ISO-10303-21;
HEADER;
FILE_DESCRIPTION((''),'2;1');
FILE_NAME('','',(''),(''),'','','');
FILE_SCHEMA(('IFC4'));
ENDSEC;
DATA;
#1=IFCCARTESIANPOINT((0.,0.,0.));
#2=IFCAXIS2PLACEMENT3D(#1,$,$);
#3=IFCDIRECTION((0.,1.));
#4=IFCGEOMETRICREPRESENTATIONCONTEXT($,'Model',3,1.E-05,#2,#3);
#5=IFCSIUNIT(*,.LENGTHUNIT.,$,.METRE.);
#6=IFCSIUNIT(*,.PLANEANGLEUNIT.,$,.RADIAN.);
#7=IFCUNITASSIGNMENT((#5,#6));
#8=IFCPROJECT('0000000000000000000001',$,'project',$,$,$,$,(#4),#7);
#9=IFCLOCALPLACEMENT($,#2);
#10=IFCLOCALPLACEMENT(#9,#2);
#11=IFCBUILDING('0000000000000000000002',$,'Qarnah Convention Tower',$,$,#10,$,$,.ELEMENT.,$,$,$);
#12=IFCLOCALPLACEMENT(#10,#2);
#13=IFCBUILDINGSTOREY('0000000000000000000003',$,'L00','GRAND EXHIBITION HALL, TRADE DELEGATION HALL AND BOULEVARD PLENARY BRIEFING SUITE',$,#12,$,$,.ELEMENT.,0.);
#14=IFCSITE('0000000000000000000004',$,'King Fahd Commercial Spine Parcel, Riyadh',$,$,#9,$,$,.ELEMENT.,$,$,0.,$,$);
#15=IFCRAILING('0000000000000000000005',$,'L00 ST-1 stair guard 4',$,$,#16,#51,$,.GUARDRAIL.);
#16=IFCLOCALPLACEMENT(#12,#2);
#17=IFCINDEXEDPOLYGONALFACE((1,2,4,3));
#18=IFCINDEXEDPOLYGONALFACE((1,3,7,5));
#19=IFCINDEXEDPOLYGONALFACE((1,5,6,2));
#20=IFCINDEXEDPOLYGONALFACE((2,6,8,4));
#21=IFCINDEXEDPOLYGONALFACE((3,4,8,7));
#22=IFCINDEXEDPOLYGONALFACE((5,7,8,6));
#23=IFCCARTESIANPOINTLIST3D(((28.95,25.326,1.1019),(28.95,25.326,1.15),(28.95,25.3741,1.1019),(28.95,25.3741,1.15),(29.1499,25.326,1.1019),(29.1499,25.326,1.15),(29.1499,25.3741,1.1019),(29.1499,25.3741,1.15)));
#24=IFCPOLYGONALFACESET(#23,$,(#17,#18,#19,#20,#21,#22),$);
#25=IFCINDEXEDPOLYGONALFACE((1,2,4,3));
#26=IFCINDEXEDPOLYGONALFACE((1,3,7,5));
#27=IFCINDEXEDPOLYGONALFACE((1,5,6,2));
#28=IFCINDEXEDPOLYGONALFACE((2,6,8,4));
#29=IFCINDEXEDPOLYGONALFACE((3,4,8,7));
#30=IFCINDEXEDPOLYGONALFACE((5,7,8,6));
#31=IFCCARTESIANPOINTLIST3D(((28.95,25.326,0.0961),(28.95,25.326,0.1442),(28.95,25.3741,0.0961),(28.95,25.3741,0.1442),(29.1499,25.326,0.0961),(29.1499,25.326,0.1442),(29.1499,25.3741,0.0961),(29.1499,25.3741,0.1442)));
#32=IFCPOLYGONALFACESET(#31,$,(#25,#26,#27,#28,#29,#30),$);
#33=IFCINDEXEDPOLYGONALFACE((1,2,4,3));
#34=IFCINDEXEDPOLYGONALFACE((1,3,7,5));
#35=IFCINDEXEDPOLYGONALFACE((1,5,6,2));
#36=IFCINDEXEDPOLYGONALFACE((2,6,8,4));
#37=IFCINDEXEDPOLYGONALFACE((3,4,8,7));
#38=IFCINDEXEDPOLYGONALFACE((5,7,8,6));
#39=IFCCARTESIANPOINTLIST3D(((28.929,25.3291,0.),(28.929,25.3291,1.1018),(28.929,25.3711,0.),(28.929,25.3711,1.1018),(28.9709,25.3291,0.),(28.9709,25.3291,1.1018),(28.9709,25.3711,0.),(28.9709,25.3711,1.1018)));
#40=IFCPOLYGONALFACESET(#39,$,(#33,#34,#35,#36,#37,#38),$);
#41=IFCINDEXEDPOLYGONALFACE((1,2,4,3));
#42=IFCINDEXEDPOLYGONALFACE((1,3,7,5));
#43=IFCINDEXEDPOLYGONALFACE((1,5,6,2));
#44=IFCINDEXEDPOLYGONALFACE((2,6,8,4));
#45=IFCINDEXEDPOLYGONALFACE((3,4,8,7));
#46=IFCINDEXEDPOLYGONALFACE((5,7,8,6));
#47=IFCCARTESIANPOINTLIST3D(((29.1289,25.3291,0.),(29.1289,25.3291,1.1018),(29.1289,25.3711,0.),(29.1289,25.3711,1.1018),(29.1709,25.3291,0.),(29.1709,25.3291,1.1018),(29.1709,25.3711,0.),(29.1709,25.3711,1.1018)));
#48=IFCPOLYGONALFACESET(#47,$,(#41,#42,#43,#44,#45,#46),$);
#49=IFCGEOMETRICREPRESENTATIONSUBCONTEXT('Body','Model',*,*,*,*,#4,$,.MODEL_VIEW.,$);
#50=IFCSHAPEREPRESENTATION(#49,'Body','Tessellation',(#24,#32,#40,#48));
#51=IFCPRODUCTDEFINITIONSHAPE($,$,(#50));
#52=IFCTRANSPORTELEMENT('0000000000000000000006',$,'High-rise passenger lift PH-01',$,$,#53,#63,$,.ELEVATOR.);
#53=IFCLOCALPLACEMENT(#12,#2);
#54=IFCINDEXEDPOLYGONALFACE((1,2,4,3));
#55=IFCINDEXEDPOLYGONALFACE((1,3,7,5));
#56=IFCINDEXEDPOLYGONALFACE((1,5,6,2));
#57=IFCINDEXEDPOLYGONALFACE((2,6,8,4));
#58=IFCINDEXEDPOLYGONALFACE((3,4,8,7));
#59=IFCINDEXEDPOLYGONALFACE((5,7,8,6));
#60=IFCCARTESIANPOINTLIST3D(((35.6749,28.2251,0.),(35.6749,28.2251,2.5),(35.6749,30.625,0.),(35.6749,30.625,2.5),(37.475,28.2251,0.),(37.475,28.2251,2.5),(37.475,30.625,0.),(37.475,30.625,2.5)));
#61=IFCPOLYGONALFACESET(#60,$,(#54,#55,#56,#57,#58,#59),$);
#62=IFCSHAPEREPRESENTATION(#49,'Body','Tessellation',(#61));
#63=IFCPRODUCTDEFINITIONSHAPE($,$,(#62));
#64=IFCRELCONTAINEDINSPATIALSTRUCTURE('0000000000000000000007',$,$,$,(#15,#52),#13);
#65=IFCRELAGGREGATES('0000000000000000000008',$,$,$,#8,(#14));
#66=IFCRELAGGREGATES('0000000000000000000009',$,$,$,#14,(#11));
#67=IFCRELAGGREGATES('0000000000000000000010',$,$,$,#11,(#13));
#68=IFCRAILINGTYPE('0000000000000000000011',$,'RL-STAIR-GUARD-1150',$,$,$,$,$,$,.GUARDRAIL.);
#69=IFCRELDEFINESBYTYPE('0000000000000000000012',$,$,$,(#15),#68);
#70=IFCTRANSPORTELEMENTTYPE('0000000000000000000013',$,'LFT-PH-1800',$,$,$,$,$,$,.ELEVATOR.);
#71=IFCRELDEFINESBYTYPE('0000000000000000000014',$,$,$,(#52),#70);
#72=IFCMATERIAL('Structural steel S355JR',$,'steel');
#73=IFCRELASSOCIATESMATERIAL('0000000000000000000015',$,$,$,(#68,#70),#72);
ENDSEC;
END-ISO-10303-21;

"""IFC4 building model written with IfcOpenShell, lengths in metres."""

from ifc_helpers import new_model, si_unit, direction, frame, origin, origin_2d, place, context, subcontext, project, spatial, rectangle, extrude, material, type_object, element, save


model = new_model("IFC4")

# Units and contexts
model_context = context("Model", 3, precision=1e-05, world=origin(), true_north=direction((0.0, 1.0)))
body_context = subcontext(model_context, "Body", "Model", "MODEL_VIEW")
ifc_project = project(units=[si_unit("LENGTHUNIT", "METRE"), si_unit("PLANEANGLEUNIT", "RADIAN")], contexts=[model_context])

# Site, building, storey
site_placement = place(None, origin())
site = spatial("IfcSite", under=ifc_project, at=site_placement, Name="King Fahd Commercial Spine Parcel, Riyadh", CompositionType="ELEMENT", RefElevation=0.0)
building_placement = place(site_placement, origin())
building = spatial("IfcBuilding", under=site, at=building_placement, Name="Qarnah Convention Tower", CompositionType="ELEMENT")
storey_placement = place(building_placement, origin())
storey = spatial("IfcBuildingStorey", under=building, at=storey_placement, Name="L00", Description="GRAND EXHIBITION HALL, TRADE DELEGATION HALL AND BOULEVARD PLENARY BRIEFING SUITE", CompositionType="ELEMENT", Elevation=0.0)

# Shared definitions
ifc_material_1 = material(Name="Structural steel S355JR", Category="steel")

# Railing
railing_type = type_object("IfcRailingType", Name="RL-STAIR-GUARD-1150", PredefinedType="GUARDRAIL", material=ifc_material_1)
railing_1_placement = place(storey_placement, frame((28.95, 25.3501, 0.0)))
element("IfcRailing", 1, at=railing_1_placement, inside=storey, type_object=railing_type, Name="L00 ST-1 stair guard 4", PredefinedType="GUARDRAIL", context=body_context, shape_type="SweptSolid", body=[
    extrude(rectangle(XDim=0.0481, YDim=0.0481, at=origin_2d()), frame((0.0, 0.0, 1.126), z_axis=(1.0, 0.0, 0.0), x_axis=(0.0, 1.0, 0.0)), (0.0, 0.0, 1.0), 0.2),
    extrude(rectangle(XDim=0.0481, YDim=0.0481, at=origin_2d()), frame((0.0, 0.0, 0.1201), z_axis=(1.0, 0.0, 0.0), x_axis=(0.0, 1.0, 0.0)), (0.0, 0.0, 1.0), 0.2),
    extrude(rectangle(XDim=0.042, YDim=0.042, at=origin_2d()), origin(), (0.0, 0.0, 1.0), 1.1018),
    extrude(rectangle(XDim=0.042, YDim=0.042, at=origin_2d()), frame((0.2, 0.0, 0.0)), (0.0, 0.0, 1.0), 1.1018),
])

# Transport element
transport_element_type = type_object("IfcTransportElementType", Name="LFT-PH-1800", PredefinedType="ELEVATOR", material=ifc_material_1)
transport_element_placement = place(storey_placement, frame((36.575, 29.425, 0.0), z_axis=(0.0, 0.0, 1.0), x_axis=(1.0, 0.0, 0.0)))
element("IfcTransportElement", 2, at=transport_element_placement, inside=storey, type_object=transport_element_type, Name="High-rise passenger lift PH-01", PredefinedType="ELEVATOR", context=body_context, shape_type="SweptSolid", body=[
    extrude(rectangle(XDim=1.8, YDim=2.3999, at=origin_2d()), origin(), (0.0, 0.0, 1.0), 2.5),
])

save(model, "model.ifc")
